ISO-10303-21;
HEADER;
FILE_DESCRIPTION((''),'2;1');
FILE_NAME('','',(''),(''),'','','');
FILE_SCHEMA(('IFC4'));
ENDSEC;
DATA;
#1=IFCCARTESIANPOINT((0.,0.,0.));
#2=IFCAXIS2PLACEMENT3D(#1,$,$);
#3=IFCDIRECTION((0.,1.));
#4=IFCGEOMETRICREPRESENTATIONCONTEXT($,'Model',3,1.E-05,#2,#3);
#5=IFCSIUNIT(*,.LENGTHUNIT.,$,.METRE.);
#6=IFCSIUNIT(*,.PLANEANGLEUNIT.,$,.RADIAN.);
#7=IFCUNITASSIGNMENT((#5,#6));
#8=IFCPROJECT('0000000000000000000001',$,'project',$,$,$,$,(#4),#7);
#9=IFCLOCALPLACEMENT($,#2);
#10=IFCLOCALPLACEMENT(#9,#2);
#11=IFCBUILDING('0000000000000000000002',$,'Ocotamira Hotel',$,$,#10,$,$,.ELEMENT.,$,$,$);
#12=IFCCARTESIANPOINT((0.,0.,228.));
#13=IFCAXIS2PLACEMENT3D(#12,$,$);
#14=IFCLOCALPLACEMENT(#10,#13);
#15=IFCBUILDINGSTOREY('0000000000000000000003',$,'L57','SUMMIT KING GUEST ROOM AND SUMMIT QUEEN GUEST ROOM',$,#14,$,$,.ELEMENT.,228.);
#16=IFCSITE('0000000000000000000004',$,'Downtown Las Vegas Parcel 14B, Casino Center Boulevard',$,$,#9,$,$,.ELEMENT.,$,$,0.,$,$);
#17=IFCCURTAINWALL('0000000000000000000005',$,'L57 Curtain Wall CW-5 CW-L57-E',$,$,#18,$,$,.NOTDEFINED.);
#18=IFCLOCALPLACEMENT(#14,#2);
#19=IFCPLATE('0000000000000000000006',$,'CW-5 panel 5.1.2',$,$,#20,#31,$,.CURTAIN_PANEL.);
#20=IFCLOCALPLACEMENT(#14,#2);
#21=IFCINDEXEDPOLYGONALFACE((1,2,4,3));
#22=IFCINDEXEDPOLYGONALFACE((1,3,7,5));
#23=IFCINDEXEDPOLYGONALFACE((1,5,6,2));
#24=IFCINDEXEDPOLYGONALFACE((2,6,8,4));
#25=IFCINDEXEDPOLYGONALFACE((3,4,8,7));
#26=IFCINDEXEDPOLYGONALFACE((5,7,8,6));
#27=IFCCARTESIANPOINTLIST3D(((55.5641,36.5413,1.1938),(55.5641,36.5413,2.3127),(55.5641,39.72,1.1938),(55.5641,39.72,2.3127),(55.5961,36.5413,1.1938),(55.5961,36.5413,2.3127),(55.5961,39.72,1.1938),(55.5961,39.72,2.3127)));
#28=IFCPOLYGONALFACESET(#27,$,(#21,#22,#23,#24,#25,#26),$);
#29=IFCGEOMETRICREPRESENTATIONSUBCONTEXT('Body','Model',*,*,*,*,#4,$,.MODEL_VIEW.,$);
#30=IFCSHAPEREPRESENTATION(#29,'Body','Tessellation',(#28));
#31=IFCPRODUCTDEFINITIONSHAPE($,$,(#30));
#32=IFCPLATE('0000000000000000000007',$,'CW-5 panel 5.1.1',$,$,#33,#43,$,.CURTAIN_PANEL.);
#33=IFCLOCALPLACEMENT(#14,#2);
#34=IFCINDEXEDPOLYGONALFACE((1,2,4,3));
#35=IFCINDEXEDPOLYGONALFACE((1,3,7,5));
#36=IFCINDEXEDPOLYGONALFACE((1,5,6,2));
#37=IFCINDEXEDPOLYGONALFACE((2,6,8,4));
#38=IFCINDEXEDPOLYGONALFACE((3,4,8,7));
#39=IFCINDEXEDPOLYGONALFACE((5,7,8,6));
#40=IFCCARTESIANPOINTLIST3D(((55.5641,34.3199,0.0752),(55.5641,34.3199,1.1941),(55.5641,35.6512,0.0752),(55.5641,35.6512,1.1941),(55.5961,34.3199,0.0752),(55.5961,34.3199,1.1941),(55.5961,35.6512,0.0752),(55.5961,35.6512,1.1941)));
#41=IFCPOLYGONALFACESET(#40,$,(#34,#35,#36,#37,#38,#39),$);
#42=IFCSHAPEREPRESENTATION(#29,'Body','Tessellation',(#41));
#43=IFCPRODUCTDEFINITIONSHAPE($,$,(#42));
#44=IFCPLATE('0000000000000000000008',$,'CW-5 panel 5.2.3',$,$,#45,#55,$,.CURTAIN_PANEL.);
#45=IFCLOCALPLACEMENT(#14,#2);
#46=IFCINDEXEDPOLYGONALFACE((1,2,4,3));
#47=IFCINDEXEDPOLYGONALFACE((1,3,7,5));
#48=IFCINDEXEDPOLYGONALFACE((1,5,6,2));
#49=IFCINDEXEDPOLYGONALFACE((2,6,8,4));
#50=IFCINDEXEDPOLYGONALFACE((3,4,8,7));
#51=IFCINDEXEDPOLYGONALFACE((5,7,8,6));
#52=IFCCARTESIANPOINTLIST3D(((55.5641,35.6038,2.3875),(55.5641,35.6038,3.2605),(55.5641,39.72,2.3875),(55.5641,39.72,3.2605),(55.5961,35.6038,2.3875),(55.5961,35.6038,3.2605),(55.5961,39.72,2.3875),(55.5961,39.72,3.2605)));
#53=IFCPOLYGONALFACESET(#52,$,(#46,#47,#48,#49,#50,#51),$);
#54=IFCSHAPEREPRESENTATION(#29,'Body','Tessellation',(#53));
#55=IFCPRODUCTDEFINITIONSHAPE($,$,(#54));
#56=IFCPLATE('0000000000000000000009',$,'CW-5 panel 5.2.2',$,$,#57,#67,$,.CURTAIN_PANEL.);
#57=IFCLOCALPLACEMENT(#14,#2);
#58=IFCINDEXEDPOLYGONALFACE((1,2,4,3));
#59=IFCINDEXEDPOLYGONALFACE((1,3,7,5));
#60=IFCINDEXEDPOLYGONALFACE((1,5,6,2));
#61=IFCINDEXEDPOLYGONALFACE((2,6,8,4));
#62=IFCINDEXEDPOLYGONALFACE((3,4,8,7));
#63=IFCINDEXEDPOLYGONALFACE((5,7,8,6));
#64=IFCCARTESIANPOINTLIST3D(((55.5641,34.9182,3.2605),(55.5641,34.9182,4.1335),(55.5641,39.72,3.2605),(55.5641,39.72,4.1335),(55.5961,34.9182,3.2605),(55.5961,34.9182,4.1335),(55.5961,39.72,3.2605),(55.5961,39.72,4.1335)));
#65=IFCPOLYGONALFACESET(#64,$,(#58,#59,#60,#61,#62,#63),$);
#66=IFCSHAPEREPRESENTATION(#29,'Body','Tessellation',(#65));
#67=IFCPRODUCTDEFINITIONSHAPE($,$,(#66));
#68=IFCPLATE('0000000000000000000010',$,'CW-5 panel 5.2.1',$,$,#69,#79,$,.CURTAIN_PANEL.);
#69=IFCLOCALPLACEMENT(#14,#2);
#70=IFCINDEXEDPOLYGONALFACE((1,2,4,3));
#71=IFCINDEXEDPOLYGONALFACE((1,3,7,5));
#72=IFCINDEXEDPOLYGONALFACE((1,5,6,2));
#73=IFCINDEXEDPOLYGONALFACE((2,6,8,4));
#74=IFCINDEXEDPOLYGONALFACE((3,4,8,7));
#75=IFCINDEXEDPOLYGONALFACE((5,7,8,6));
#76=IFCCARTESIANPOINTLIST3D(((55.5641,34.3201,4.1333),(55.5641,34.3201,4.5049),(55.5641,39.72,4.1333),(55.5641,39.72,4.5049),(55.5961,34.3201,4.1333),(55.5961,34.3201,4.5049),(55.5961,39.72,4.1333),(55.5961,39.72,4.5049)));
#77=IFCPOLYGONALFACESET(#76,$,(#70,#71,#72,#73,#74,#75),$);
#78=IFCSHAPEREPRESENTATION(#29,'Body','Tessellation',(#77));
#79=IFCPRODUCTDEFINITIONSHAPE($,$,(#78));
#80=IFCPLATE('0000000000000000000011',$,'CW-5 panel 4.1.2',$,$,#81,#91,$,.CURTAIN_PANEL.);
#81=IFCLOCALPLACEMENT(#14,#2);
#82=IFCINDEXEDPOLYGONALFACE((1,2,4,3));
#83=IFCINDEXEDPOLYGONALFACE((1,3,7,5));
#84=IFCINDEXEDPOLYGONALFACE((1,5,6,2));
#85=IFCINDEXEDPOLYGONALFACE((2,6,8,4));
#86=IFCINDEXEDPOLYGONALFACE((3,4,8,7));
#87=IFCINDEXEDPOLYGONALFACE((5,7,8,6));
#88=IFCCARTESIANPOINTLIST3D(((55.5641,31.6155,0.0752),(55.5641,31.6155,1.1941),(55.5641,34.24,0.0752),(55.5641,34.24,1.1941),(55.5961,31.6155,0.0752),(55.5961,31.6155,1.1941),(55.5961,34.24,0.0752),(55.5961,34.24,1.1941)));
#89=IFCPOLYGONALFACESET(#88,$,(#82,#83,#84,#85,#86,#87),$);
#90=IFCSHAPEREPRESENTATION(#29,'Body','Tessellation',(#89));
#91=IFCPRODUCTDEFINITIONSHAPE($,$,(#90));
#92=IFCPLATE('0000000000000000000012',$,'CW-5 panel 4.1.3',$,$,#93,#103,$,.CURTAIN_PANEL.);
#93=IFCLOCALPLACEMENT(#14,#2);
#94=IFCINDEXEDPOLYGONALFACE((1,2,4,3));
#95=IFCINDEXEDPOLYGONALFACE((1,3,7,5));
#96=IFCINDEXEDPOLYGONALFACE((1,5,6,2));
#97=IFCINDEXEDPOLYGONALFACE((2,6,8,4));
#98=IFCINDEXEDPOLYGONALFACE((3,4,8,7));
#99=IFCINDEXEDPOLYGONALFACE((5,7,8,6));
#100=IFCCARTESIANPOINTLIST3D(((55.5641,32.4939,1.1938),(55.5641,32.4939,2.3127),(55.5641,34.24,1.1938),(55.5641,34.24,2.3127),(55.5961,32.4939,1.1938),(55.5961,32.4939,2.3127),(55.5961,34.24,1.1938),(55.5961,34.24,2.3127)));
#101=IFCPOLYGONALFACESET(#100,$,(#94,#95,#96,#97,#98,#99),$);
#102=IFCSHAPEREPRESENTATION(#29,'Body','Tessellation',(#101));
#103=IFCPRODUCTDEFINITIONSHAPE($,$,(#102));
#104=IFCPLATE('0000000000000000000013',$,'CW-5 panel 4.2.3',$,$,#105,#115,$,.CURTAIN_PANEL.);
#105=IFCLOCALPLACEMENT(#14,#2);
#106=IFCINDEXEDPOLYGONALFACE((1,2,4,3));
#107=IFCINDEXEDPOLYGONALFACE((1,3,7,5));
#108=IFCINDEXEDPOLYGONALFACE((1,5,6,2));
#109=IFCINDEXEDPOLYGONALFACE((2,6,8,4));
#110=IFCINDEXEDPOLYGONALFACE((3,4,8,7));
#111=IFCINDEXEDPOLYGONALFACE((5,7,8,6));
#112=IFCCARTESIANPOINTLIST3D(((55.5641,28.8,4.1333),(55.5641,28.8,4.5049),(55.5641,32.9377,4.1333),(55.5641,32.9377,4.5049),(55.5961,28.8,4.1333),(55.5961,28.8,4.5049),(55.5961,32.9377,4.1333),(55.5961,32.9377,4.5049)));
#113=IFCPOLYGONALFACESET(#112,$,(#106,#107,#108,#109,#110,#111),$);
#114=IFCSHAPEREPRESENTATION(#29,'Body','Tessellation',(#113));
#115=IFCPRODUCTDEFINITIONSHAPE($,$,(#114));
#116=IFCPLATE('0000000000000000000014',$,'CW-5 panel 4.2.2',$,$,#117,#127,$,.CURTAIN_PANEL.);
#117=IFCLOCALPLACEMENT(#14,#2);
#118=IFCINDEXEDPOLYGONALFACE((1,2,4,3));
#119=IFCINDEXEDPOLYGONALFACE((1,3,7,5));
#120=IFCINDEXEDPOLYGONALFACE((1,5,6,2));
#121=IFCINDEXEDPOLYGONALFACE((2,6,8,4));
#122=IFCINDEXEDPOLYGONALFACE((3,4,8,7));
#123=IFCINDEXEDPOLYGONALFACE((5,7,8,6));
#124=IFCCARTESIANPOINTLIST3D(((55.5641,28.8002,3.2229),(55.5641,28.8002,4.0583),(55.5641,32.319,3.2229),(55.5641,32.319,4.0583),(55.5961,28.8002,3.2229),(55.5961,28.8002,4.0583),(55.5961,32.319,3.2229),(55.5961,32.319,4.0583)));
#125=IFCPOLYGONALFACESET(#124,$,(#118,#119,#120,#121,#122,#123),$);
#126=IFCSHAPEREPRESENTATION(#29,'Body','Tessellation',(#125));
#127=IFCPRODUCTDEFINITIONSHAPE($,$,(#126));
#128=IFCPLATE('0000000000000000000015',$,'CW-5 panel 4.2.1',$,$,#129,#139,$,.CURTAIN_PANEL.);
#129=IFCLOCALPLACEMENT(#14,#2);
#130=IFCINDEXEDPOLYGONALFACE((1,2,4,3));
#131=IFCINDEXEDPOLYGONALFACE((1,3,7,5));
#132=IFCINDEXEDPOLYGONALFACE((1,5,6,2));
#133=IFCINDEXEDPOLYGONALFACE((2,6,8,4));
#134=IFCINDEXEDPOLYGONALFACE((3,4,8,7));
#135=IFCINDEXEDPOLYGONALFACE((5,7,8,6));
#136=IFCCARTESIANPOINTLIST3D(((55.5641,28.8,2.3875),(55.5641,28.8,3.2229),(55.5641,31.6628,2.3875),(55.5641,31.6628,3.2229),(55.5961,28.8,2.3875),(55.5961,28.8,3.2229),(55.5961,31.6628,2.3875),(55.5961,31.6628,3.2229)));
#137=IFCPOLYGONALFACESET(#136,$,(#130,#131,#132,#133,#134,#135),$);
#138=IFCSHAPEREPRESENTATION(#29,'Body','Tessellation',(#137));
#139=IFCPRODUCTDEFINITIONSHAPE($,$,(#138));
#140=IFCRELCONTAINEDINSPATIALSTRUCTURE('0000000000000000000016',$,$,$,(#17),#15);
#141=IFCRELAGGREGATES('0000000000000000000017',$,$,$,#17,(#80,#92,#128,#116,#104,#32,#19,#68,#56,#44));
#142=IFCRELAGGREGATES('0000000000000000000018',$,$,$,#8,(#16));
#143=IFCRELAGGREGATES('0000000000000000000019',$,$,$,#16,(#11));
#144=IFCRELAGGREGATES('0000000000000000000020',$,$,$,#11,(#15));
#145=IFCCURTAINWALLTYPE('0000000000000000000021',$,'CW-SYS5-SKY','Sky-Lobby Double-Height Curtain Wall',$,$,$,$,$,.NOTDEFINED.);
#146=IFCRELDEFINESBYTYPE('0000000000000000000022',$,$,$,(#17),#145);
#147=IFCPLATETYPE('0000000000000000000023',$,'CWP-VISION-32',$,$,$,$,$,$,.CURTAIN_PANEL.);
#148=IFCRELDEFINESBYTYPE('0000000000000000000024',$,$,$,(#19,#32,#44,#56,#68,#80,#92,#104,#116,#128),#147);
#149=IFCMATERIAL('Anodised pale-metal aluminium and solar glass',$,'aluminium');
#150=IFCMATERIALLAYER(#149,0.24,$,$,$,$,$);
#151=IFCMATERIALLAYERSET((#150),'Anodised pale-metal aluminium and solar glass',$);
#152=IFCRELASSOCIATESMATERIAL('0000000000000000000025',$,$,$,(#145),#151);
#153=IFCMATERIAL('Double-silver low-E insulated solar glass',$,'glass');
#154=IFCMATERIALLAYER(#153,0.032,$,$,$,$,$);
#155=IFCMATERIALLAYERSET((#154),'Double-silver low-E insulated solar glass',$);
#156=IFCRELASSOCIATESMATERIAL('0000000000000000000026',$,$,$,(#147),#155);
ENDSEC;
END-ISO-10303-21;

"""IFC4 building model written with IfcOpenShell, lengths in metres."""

from ifc_helpers import new_model, si_unit, direction, frame, origin, origin_2d, place, context, subcontext, project, spatial, rectangle, extrude, source, transform, mapped, material, layer, layer_set, type_object, element, aggregate, save


model = new_model("IFC4")

# Units and contexts
model_context = context("Model", 3, precision=1e-05, world=origin(), true_north=direction((0.0, 1.0)))
body_context = subcontext(model_context, "Body", "Model", "MODEL_VIEW")
ifc_project = project(units=[si_unit("LENGTHUNIT", "METRE"), si_unit("PLANEANGLEUNIT", "RADIAN")], contexts=[model_context])

# Site, building, storey
site_placement = place(None, origin())
site = spatial("IfcSite", under=ifc_project, at=site_placement, Name="Downtown Las Vegas Parcel 14B, Casino Center Boulevard", CompositionType="ELEMENT", RefElevation=0.0)
building_placement = place(site_placement, origin())
building = spatial("IfcBuilding", under=site, at=building_placement, Name="Ocotamira Hotel", CompositionType="ELEMENT")
storey_placement = place(building_placement, frame((0.0, 0.0, 228.0)))
storey = spatial("IfcBuildingStorey", under=building, at=storey_placement, Name="L57", Description="SUMMIT KING GUEST ROOM AND SUMMIT QUEEN GUEST ROOM", CompositionType="ELEMENT", Elevation=228.0)

# Curtain wall
ifc_material_1 = material(Name="Anodised pale-metal aluminium and solar glass", Category="aluminium")
ifc_layer_1 = layer(ifc_material_1, 0.24)
ifc_layer_set_1 = layer_set([ifc_layer_1], Name="Anodised pale-metal aluminium and solar glass")
curtain_wall_type = type_object("IfcCurtainWallType", Name="CW-SYS5-SKY", Description="Sky-Lobby Double-Height Curtain Wall", PredefinedType="NOTDEFINED", material=ifc_layer_set_1)
curtain_wall_placement = place(storey_placement, origin())
curtain_wall = element("IfcCurtainWall", 1, at=curtain_wall_placement, inside=storey, type_object=curtain_wall_type, Name="L57 Curtain Wall CW-5 CW-L57-E", PredefinedType="NOTDEFINED")

# Plates
ifc_material_2 = material(Name="Double-silver low-E insulated solar glass", Category="glass")
ifc_layer_2 = layer(ifc_material_2, 0.032)
ifc_layer_set_2 = layer_set([ifc_layer_2], Name="Double-silver low-E insulated solar glass")
plate_type_1 = type_object("IfcPlateType", Name="CWP-VISION-32", PredefinedType="CURTAIN_PANEL", material=ifc_layer_set_2)
shared_shape_1 = source(origin(), body_context, "Body", "SweptSolid", [
    extrude(rectangle(XDim=3.1787, YDim=0.032, at=origin_2d()), origin(), (0.0, 0.0, 1.0), 1.1189),
])
plate_1_placement = place(storey_placement, frame((55.5801, 38.1306, 1.1938), z_axis=(0.0, 0.0, 1.0), x_axis=(0.0, 1.0, 0.0)))
plate_1 = element("IfcPlate", 2, at=plate_1_placement, type_object=plate_type_1, Name="CW-5 panel 5.1.2", PredefinedType="CURTAIN_PANEL", context=body_context, shape_type="MappedRepresentation", body=[
    mapped(shared_shape_1, transform((0.0, 0.0, 0.0), scale=1.0)),
])
shared_shape_2 = source(origin(), body_context, "Body", "SweptSolid", [
    extrude(rectangle(XDim=1.3313, YDim=0.032, at=origin_2d()), origin(), (0.0, 0.0, 1.0), 1.1189),
])
plate_2_placement = place(storey_placement, frame((55.5801, 34.9856, 0.0752), z_axis=(0.0, 0.0, 1.0), x_axis=(0.0, 1.0, 0.0)))
plate_2 = element("IfcPlate", 3, at=plate_2_placement, type_object=plate_type_1, Name="CW-5 panel 5.1.1", PredefinedType="CURTAIN_PANEL", context=body_context, shape_type="MappedRepresentation", body=[
    mapped(shared_shape_2, transform((0.0, 0.0, 0.0), scale=1.0)),
])
shared_shape_3 = source(origin(), body_context, "Body", "SweptSolid", [
    extrude(rectangle(XDim=4.1162, YDim=0.032, at=origin_2d()), origin(), (0.0, 0.0, 1.0), 0.873),
])
plate_3_placement = place(storey_placement, frame((55.5801, 37.6619, 2.3875), z_axis=(0.0, 0.0, 1.0), x_axis=(0.0, 1.0, 0.0)))
plate_3 = element("IfcPlate", 4, at=plate_3_placement, type_object=plate_type_1, Name="CW-5 panel 5.2.3", PredefinedType="CURTAIN_PANEL", context=body_context, shape_type="MappedRepresentation", body=[
    mapped(shared_shape_3, transform((0.0, 0.0, 0.0), scale=1.0)),
])
shared_shape_4 = source(origin(), body_context, "Body", "SweptSolid", [
    extrude(rectangle(XDim=4.8018, YDim=0.032, at=origin_2d()), origin(), (0.0, 0.0, 1.0), 0.873),
])
plate_4_placement = place(storey_placement, frame((55.5801, 37.3191, 3.2605), z_axis=(0.0, 0.0, 1.0), x_axis=(0.0, 1.0, 0.0)))
plate_4 = element("IfcPlate", 5, at=plate_4_placement, type_object=plate_type_1, Name="CW-5 panel 5.2.2", PredefinedType="CURTAIN_PANEL", context=body_context, shape_type="MappedRepresentation", body=[
    mapped(shared_shape_4, transform((0.0, 0.0, 0.0), scale=1.0)),
])
shared_shape_5 = source(origin(), body_context, "Body", "SweptSolid", [
    extrude(rectangle(XDim=5.3999, YDim=0.032, at=origin_2d()), origin(), (0.0, 0.0, 1.0), 0.3716),
])
plate_5_placement = place(storey_placement, frame((55.5801, 37.02, 4.1333), z_axis=(0.0, 0.0, 1.0), x_axis=(0.0, 1.0, 0.0)))
plate_5 = element("IfcPlate", 6, at=plate_5_placement, type_object=plate_type_1, Name="CW-5 panel 5.2.1", PredefinedType="CURTAIN_PANEL", context=body_context, shape_type="MappedRepresentation", body=[
    mapped(shared_shape_5, transform((0.0, 0.0, 0.0), scale=1.0)),
])
shared_shape_6 = source(origin(), body_context, "Body", "SweptSolid", [
    extrude(rectangle(XDim=2.6245, YDim=0.032, at=origin_2d()), origin(), (0.0, 0.0, 1.0), 1.1189),
])
plate_6_placement = place(storey_placement, frame((55.5801, 32.9277, 0.0752), z_axis=(0.0, 0.0, 1.0), x_axis=(0.0, 1.0, 0.0)))
plate_6 = element("IfcPlate", 7, at=plate_6_placement, type_object=plate_type_1, Name="CW-5 panel 4.1.2", PredefinedType="CURTAIN_PANEL", context=body_context, shape_type="MappedRepresentation", body=[
    mapped(shared_shape_6, transform((0.0, 0.0, 0.0), scale=1.0)),
])
shared_shape_7 = source(origin(), body_context, "Body", "SweptSolid", [
    extrude(rectangle(XDim=1.7461, YDim=0.032, at=origin_2d()), origin(), (0.0, 0.0, 1.0), 1.1189),
])
plate_7_placement = place(storey_placement, frame((55.5801, 33.3669, 1.1938), z_axis=(0.0, 0.0, 1.0), x_axis=(0.0, 1.0, 0.0)))
plate_7 = element("IfcPlate", 8, at=plate_7_placement, type_object=plate_type_1, Name="CW-5 panel 4.1.3", PredefinedType="CURTAIN_PANEL", context=body_context, shape_type="MappedRepresentation", body=[
    mapped(shared_shape_7, transform((0.0, 0.0, 0.0), scale=1.0)),
])
shared_shape_8 = source(origin(), body_context, "Body", "SweptSolid", [
    extrude(rectangle(XDim=4.1377, YDim=0.032, at=origin_2d()), origin(), (0.0, 0.0, 1.0), 0.3716),
])
plate_8_placement = place(storey_placement, frame((55.5801, 30.8689, 4.1333), z_axis=(0.0, 0.0, 1.0), x_axis=(0.0, 1.0, 0.0)))
plate_8 = element("IfcPlate", 9, at=plate_8_placement, type_object=plate_type_1, Name="CW-5 panel 4.2.3", PredefinedType="CURTAIN_PANEL", context=body_context, shape_type="MappedRepresentation", body=[
    mapped(shared_shape_8, transform((0.0, 0.0, 0.0), scale=1.0)),
])
shared_shape_9 = source(origin(), body_context, "Body", "SweptSolid", [
    extrude(rectangle(XDim=3.5188, YDim=0.032, at=origin_2d()), origin(), (0.0, 0.0, 1.0), 0.8354),
])
plate_9_placement = place(storey_placement, frame((55.5801, 30.5596, 3.2229), z_axis=(0.0, 0.0, 1.0), x_axis=(0.0, 1.0, 0.0)))
plate_9 = element("IfcPlate", 10, at=plate_9_placement, type_object=plate_type_1, Name="CW-5 panel 4.2.2", PredefinedType="CURTAIN_PANEL", context=body_context, shape_type="MappedRepresentation", body=[
    mapped(shared_shape_9, transform((0.0, 0.0, 0.0), scale=1.0)),
])
shared_shape_10 = source(origin(), body_context, "Body", "SweptSolid", [
    extrude(rectangle(XDim=2.8628, YDim=0.032, at=origin_2d()), origin(), (0.0, 0.0, 1.0), 0.8354),
])
plate_10_placement = place(storey_placement, frame((55.5801, 30.2314, 2.3875), z_axis=(0.0, 0.0, 1.0), x_axis=(0.0, 1.0, 0.0)))
plate_10 = element("IfcPlate", 11, at=plate_10_placement, type_object=plate_type_1, Name="CW-5 panel 4.2.1", PredefinedType="CURTAIN_PANEL", context=body_context, shape_type="MappedRepresentation", body=[
    mapped(shared_shape_10, transform((0.0, 0.0, 0.0), scale=1.0)),
])
aggregate(curtain_wall, [plate_6, plate_7, plate_10, plate_9, plate_8, plate_2, plate_1, plate_5, plate_4, plate_3])

save(model, "model.ifc")
